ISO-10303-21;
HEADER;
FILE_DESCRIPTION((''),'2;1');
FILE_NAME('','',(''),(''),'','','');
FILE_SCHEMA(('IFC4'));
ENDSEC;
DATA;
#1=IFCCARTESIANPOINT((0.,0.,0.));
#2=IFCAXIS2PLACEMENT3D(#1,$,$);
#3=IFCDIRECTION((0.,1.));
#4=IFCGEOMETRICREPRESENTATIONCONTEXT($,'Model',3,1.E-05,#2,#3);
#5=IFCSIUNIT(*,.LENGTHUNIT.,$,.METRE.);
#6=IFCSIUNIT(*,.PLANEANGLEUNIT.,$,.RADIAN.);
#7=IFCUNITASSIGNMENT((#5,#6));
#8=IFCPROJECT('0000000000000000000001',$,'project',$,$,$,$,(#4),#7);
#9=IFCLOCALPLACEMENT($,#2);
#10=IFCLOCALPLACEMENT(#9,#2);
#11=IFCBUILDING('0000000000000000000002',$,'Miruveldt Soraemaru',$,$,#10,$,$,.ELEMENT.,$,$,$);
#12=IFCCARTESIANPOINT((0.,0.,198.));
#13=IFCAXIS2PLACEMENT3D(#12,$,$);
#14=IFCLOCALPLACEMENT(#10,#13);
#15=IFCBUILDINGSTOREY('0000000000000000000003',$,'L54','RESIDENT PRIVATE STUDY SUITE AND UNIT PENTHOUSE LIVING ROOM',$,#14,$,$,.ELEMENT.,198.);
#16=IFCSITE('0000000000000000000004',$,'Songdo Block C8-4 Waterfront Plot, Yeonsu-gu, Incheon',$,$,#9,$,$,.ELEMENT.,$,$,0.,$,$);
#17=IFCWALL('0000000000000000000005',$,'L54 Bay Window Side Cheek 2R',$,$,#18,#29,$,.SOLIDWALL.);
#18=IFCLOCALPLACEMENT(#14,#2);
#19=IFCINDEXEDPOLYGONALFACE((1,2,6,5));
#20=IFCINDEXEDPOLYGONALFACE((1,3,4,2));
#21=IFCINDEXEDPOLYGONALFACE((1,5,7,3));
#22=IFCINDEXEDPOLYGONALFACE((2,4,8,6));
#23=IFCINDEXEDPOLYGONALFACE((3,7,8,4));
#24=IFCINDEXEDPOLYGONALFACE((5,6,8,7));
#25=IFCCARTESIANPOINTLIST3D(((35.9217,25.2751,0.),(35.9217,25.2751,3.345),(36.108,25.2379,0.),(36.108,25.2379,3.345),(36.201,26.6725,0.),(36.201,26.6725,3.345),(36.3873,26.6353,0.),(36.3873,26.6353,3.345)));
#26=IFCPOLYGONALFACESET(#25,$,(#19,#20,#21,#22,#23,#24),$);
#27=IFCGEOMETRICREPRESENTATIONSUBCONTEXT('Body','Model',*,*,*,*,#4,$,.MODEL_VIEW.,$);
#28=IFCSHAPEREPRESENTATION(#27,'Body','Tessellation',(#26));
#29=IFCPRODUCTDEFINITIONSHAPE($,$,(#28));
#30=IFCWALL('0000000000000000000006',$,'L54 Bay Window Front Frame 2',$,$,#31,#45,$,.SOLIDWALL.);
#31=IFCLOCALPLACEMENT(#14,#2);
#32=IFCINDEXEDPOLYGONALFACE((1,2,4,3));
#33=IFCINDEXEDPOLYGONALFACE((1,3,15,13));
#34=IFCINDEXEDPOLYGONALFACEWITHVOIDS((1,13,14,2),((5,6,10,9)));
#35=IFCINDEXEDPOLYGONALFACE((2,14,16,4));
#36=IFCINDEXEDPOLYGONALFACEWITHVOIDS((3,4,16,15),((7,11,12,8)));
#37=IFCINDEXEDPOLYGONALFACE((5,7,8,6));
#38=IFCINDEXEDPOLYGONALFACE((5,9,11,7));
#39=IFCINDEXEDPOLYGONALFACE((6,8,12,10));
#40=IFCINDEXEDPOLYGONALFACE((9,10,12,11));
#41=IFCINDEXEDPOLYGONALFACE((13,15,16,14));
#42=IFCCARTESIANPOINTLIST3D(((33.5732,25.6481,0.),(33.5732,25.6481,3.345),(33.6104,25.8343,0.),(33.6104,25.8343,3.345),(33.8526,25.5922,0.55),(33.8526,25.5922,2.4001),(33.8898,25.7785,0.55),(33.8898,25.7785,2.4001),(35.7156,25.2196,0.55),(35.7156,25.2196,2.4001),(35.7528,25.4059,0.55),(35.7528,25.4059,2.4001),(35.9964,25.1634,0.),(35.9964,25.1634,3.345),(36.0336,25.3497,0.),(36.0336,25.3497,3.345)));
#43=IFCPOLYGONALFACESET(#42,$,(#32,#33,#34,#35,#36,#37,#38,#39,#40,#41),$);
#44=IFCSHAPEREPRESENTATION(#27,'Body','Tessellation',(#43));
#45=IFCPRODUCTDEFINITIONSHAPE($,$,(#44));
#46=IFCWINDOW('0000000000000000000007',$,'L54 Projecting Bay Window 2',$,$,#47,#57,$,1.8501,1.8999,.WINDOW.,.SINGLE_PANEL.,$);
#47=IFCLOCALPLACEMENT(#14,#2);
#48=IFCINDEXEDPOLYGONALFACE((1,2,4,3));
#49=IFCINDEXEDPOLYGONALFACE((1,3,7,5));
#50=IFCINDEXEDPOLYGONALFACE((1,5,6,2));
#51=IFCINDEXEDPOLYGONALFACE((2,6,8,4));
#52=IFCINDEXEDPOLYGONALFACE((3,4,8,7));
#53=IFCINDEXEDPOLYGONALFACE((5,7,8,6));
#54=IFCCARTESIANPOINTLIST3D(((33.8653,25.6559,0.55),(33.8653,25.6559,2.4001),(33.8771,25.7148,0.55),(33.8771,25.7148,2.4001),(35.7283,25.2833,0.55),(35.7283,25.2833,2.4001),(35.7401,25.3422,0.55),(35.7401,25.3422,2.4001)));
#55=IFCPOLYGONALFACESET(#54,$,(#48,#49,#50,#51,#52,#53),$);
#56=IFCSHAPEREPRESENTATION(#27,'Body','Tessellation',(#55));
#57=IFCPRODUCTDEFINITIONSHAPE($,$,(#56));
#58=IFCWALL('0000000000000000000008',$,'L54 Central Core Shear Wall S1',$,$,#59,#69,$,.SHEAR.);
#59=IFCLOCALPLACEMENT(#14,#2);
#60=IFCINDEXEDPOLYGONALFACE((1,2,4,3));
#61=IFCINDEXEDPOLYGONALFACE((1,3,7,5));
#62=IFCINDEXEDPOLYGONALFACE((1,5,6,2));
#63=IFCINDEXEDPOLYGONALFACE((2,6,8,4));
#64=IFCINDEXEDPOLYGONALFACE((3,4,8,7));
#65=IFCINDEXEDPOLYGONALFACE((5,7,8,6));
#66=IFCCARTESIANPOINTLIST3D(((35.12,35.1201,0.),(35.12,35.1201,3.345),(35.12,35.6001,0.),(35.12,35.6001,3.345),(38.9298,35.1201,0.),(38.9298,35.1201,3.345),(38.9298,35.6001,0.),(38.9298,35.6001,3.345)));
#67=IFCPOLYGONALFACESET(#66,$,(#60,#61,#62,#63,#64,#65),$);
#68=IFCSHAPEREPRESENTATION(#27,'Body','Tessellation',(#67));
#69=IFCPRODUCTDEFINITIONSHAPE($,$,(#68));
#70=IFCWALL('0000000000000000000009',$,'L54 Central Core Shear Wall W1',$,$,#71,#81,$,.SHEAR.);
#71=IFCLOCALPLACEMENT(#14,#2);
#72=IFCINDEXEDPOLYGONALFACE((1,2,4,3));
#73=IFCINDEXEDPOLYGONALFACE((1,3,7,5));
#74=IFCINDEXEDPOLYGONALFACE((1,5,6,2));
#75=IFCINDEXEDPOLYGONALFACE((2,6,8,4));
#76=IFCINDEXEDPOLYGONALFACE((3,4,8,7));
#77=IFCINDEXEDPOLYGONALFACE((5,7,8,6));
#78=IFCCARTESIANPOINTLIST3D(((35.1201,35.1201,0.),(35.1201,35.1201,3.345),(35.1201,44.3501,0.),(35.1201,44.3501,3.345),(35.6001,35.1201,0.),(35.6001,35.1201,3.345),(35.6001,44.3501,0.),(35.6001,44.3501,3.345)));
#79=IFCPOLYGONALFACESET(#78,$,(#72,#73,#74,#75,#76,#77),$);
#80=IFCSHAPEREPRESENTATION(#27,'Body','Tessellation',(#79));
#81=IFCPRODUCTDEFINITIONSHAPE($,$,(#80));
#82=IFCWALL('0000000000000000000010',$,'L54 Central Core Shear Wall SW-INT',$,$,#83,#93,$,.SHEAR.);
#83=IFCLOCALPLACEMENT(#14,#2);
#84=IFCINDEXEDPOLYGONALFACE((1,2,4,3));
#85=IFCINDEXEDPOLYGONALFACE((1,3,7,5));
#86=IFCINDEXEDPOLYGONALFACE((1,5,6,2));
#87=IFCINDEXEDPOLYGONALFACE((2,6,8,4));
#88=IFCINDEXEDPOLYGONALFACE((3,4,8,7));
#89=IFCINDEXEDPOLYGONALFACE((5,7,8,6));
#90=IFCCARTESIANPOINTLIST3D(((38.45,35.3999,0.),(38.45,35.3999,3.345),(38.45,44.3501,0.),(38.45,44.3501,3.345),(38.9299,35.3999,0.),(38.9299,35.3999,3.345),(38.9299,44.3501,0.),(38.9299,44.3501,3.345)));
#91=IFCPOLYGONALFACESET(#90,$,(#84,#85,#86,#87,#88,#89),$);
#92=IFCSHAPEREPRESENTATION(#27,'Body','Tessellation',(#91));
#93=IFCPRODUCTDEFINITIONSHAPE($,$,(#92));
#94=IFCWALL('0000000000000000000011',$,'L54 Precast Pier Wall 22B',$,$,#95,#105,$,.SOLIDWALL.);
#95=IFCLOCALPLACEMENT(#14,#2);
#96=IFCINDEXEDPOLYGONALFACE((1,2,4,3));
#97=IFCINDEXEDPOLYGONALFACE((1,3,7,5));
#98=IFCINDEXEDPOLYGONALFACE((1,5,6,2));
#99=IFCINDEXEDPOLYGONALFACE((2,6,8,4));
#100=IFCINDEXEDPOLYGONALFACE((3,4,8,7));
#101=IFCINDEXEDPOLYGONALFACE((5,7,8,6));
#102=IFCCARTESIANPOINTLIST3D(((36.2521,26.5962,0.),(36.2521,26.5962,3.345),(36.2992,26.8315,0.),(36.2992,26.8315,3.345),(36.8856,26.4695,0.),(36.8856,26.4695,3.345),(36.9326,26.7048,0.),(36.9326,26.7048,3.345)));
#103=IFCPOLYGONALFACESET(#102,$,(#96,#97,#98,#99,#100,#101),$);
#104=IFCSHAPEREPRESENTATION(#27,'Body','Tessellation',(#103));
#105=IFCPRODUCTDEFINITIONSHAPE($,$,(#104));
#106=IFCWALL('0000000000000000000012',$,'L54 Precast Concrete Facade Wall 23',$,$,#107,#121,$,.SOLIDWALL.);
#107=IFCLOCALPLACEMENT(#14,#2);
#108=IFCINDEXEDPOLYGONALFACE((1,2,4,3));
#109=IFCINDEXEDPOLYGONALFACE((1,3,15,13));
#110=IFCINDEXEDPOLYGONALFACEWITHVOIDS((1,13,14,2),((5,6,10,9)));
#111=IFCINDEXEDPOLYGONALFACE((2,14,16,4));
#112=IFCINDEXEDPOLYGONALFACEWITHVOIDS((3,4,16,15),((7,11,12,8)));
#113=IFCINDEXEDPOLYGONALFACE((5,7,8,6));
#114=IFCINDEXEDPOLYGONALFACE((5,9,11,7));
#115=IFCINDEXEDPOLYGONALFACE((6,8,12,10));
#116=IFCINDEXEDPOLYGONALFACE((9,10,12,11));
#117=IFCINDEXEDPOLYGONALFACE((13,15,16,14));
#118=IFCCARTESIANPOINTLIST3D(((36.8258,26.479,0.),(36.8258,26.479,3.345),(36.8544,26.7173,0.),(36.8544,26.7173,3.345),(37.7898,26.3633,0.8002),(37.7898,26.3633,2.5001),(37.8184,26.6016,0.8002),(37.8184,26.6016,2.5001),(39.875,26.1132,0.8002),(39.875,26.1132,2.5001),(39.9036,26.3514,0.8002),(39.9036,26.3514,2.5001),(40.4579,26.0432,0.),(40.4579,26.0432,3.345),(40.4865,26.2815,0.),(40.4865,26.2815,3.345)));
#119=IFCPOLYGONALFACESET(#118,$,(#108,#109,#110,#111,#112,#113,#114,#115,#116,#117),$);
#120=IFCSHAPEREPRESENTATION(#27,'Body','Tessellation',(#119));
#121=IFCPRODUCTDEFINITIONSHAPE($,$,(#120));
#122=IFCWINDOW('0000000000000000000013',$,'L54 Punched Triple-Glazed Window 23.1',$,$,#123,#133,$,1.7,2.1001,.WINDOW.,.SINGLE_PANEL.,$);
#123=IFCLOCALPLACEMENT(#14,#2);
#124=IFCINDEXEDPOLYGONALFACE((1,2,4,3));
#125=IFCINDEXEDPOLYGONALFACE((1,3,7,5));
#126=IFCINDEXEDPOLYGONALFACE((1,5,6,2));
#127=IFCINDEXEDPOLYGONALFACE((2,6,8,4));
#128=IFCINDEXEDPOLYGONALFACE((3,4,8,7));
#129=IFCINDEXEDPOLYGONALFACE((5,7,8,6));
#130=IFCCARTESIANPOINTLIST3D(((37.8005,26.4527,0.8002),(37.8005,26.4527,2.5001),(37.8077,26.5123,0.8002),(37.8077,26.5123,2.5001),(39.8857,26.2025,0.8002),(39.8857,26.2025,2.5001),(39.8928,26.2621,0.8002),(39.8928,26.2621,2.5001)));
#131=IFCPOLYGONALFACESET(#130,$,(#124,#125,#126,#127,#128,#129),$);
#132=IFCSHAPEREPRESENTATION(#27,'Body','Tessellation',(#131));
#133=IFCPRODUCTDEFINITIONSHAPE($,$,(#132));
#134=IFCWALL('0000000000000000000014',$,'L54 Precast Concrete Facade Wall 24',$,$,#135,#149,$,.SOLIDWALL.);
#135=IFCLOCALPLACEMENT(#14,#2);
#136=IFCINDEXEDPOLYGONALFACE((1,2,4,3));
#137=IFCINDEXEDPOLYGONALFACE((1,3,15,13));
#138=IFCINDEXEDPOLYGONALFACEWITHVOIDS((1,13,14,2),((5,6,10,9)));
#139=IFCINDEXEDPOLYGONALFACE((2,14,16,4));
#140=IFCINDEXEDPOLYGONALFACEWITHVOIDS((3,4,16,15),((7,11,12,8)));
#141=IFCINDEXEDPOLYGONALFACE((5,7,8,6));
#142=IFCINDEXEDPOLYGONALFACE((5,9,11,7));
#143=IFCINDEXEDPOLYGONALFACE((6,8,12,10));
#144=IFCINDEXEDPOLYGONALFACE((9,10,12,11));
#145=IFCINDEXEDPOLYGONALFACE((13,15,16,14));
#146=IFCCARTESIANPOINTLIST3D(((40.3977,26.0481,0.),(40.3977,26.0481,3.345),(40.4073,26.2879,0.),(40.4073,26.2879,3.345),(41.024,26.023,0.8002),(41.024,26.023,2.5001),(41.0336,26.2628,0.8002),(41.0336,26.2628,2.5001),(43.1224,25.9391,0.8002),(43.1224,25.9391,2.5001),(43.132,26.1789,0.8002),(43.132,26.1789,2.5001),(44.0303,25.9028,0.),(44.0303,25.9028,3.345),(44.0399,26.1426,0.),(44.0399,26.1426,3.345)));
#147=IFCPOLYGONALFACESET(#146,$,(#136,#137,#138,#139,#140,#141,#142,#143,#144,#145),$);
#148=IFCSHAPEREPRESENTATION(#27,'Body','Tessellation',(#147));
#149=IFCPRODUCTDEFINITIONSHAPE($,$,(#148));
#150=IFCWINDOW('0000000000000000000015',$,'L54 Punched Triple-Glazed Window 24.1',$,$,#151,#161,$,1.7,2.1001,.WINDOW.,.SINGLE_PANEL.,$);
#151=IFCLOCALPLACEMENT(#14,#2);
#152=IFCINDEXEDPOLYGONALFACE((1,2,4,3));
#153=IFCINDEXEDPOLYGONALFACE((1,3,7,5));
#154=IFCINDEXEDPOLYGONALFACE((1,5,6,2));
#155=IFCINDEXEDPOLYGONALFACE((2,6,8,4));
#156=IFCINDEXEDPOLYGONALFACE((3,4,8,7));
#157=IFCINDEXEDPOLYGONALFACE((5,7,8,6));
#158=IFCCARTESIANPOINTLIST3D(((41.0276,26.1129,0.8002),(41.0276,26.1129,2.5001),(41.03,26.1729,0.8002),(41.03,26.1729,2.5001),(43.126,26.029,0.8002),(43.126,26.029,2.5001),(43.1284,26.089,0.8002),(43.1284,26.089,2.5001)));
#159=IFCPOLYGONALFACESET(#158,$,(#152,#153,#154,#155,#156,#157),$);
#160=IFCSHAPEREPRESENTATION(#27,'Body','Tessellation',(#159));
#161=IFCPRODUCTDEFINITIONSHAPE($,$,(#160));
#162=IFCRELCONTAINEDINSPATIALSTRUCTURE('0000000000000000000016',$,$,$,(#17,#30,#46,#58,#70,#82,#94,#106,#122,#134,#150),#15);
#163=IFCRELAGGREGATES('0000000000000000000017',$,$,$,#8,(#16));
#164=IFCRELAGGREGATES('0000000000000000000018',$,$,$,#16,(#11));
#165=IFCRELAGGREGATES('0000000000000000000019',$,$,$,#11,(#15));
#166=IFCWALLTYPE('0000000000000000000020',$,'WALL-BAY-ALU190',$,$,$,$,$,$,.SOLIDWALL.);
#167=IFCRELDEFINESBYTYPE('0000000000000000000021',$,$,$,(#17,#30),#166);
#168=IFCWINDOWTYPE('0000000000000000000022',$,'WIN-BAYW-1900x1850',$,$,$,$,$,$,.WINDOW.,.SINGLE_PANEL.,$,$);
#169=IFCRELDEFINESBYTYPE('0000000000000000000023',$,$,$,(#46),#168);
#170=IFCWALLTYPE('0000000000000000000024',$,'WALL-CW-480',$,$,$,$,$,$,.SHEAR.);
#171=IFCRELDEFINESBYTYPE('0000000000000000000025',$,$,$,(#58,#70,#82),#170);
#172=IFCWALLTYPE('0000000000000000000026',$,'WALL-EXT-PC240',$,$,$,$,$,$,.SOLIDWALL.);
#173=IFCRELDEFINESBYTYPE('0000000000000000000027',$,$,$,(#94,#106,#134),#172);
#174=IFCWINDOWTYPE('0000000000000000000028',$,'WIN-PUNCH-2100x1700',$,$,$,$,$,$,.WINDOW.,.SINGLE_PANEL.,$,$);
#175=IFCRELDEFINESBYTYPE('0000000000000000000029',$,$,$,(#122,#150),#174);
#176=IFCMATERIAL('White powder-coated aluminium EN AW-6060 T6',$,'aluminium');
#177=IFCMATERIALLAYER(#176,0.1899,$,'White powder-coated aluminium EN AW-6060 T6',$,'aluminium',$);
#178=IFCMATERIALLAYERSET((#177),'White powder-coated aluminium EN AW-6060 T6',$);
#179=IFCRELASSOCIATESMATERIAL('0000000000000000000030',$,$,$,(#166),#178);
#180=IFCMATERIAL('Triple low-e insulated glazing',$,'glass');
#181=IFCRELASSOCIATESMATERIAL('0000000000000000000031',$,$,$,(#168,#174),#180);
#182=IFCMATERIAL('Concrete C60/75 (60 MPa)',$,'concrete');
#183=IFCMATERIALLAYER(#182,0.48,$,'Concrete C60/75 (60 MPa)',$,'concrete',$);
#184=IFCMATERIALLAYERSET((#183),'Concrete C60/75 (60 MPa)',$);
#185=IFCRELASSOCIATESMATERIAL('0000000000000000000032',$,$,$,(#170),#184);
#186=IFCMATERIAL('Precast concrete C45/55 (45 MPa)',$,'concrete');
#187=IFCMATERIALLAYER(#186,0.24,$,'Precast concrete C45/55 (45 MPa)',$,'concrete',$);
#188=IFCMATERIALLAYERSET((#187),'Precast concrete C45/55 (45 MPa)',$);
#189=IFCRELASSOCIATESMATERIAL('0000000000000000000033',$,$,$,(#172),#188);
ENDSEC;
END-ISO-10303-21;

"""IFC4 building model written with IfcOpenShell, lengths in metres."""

from ifc_helpers import new_model, si_unit, direction, frame, frame_2d, origin, place, context, subcontext, project, spatial, rectangle, extrude, material, layer, layer_set, type_object, element, fill, save


model = new_model("IFC4")

# Units and contexts
model_context = context("Model", 3, precision=1e-05, world=origin(), true_north=direction((0.0, 1.0)))
body_context = subcontext(model_context, "Body", "Model", "MODEL_VIEW")
ifc_project = project(units=[si_unit("LENGTHUNIT", "METRE"), si_unit("PLANEANGLEUNIT", "RADIAN")], contexts=[model_context])

# Site, building, storey
site_placement = place(None, origin())
site = spatial("IfcSite", under=ifc_project, at=site_placement, Name="Songdo Block C8-4 Waterfront Plot, Yeonsu-gu, Incheon", CompositionType="ELEMENT", RefElevation=0.0)
building_placement = place(site_placement, origin())
building = spatial("IfcBuilding", under=site, at=building_placement, Name="Miruveldt Soraemaru", CompositionType="ELEMENT")
storey_placement = place(building_placement, frame((0.0, 0.0, 198.0)))
storey = spatial("IfcBuildingStorey", under=building, at=storey_placement, Name="L54", Description="RESIDENT PRIVATE STUDY SUITE AND UNIT PENTHOUSE LIVING ROOM", CompositionType="ELEMENT", Elevation=198.0)

# Wall
ifc_material_1 = material(Name="White powder-coated aluminium EN AW-6060 T6", Category="aluminium")
ifc_layer_1 = layer(ifc_material_1, 0.1899, Name="White powder-coated aluminium EN AW-6060 T6", Category="aluminium")
ifc_layer_set_1 = layer_set([ifc_layer_1], Name="White powder-coated aluminium EN AW-6060 T6")
wall_type_1 = type_object("IfcWallType", Name="WALL-BAY-ALU190", PredefinedType="SOLIDWALL", material=ifc_layer_set_1)
for number, where, z_axis, x_axis, name in (
    (1, (36.0149, 25.2566, 0.0), (0.0, 0.0, 1.0), (0.195984, 0.980607, 0.0), "L54 Bay Window Side Cheek 2R"),
):
    element("IfcWall", number, at=place(storey_placement, frame(where, z_axis=z_axis, x_axis=x_axis)), inside=storey, type_object=wall_type_1, Name=name, PredefinedType="SOLIDWALL", context=body_context, shape_type="SweptSolid", body=[
        extrude(rectangle(XDim=1.425, YDim=0.1899, at=frame_2d((0.7124, 0.0))), origin(), (0.0, 0.0, 1.0), 3.345),
    ])

# Wall, opening, window
wall_1_placement = place(storey_placement, frame((33.5918, 25.7412, 0.0), z_axis=(0.0, 0.0, 1.0), x_axis=(0.980581, -0.196116, 0.0)))
wall_1 = element("IfcWall", 2, at=wall_1_placement, inside=storey, type_object=wall_type_1, Name="L54 Bay Window Front Frame 2", PredefinedType="SOLIDWALL", context=body_context, shape_type="SweptSolid", body=[
    extrude(rectangle(XDim=2.4712, YDim=0.1899, at=frame_2d((1.2356, 0.0))), origin(), (0.0, 0.0, 1.0), 3.345),
])
opening_1_placement = place(wall_1_placement, frame((0.2849, 0.0, 0.55)))
opening_1 = element("IfcOpeningElement", 3, at=opening_1_placement, cuts=wall_1, PredefinedType="OPENING", context=body_context, shape_type="SweptSolid", body=[
    extrude(rectangle(XDim=1.8999, YDim=1.8501, at=frame_2d((0.95, 0.925))), frame((0.0, 0.105, 0.0), z_axis=(0.0, -1.0, 0.0), x_axis=(1.0, 0.0, 0.0)), (0.0, 0.0, 1.0), 0.21),
])
ifc_material_2 = material(Name="Triple low-e insulated glazing", Category="glass")
window_type_1 = type_object("IfcWindowType", Name="WIN-BAYW-1900x1850", PartitioningType="SINGLE_PANEL", PredefinedType="WINDOW", material=ifc_material_2)
window_1_placement = place(opening_1_placement, origin())
window_1 = element("IfcWindow", 4, at=window_1_placement, inside=storey, type_object=window_type_1, Name="L54 Projecting Bay Window 2", OverallHeight=1.8501, OverallWidth=1.8999, PartitioningType="SINGLE_PANEL", PredefinedType="WINDOW", context=body_context, shape_type="SweptSolid", body=[
    extrude(rectangle(XDim=1.8999, YDim=1.8501, at=frame_2d((0.95, 0.925))), frame((0.0, 0.03, 0.0), z_axis=(0.0, -1.0, 0.0), x_axis=(1.0, 0.0, 0.0)), (0.0, 0.0, 1.0), 0.0601),
])
fill(opening_1, window_1)

# Walls
ifc_material_3 = material(Name="Concrete C60/75 (60 MPa)", Category="concrete")
ifc_layer_2 = layer(ifc_material_3, 0.48, Name="Concrete C60/75 (60 MPa)", Category="concrete")
ifc_layer_set_2 = layer_set([ifc_layer_2], Name="Concrete C60/75 (60 MPa)")
wall_type_2 = type_object("IfcWallType", Name="WALL-CW-480", PredefinedType="SHEAR", material=ifc_layer_set_2)
wall_2_placement = place(storey_placement, frame((35.1201, 35.3601, 0.0), z_axis=(0.0, 0.0, 1.0), x_axis=(1.0, 0.0, 0.0)))
element("IfcWall", 5, at=wall_2_placement, inside=storey, type_object=wall_type_2, Name="L54 Central Core Shear Wall S1", PredefinedType="SHEAR", context=body_context, shape_type="SweptSolid", body=[
    extrude(rectangle(XDim=3.8098, YDim=0.48, at=frame_2d((1.9048, 0.0))), origin(), (0.0, 0.0, 1.0), 3.345),
])
wall_3_placement = place(storey_placement, frame((35.3601, 35.1201, 0.0), z_axis=(0.0, 0.0, 1.0), x_axis=(0.0, 1.0, 0.0)))
element("IfcWall", 6, at=wall_3_placement, inside=storey, type_object=wall_type_2, Name="L54 Central Core Shear Wall W1", PredefinedType="SHEAR", context=body_context, shape_type="SweptSolid", body=[
    extrude(rectangle(XDim=9.23, YDim=0.48, at=frame_2d((4.615, 0.0))), origin(), (0.0, 0.0, 1.0), 3.345),
])
wall_4_placement = place(storey_placement, frame((38.6899, 35.3999, 0.0), z_axis=(0.0, 0.0, 1.0), x_axis=(0.0, 1.0, 0.0)))
element("IfcWall", 7, at=wall_4_placement, inside=storey, type_object=wall_type_2, Name="L54 Central Core Shear Wall SW-INT", PredefinedType="SHEAR", context=body_context, shape_type="SweptSolid", body=[
    extrude(rectangle(XDim=8.9502, YDim=0.48, at=frame_2d((4.4751, 0.0))), origin(), (0.0, 0.0, 1.0), 3.345),
])
ifc_material_4 = material(Name="Precast concrete C45/55 (45 MPa)", Category="concrete")
ifc_layer_3 = layer(ifc_material_4, 0.24, Name="Precast concrete C45/55 (45 MPa)", Category="concrete")
ifc_layer_set_3 = layer_set([ifc_layer_3], Name="Precast concrete C45/55 (45 MPa)")
wall_type_3 = type_object("IfcWallType", Name="WALL-EXT-PC240", PredefinedType="SOLIDWALL", material=ifc_layer_set_3)
wall_5_placement = place(storey_placement, frame((36.2756, 26.7139, 0.0), z_axis=(0.0, 0.0, 1.0), x_axis=(0.980581, -0.196116, 0.0)))
element("IfcWall", 8, at=wall_5_placement, inside=storey, type_object=wall_type_3, Name="L54 Precast Pier Wall 22B", PredefinedType="SOLIDWALL", context=body_context, shape_type="SweptSolid", body=[
    extrude(rectangle(XDim=0.646, YDim=0.24, at=frame_2d((0.323, 0.0))), origin(), (0.0, 0.0, 1.0), 3.345),
])

# Walls, openings, windows
wall_6_placement = place(storey_placement, frame((36.8401, 26.5981, 0.0), z_axis=(0.0, 0.0, 1.0), x_axis=(0.992879, -0.119129, 0.0)))
wall_6 = element("IfcWall", 9, at=wall_6_placement, inside=storey, type_object=wall_type_3, Name="L54 Precast Concrete Facade Wall 23", PredefinedType="SOLIDWALL", context=body_context, shape_type="SweptSolid", body=[
    extrude(rectangle(XDim=3.6582, YDim=0.24, at=frame_2d((1.8291, 0.0))), origin(), (0.0, 0.0, 1.0), 3.345),
])
opening_2_placement = place(wall_6_placement, frame((0.9709, 0.0, 0.8)))
opening_2 = element("IfcOpeningElement", 10, at=opening_2_placement, cuts=wall_6, PredefinedType="OPENING", context=body_context, shape_type="SweptSolid", body=[
    extrude(rectangle(XDim=2.1001, YDim=1.7, at=frame_2d((1.05, 0.8501))), frame((0.0, 0.1299, 0.0), z_axis=(0.0, -1.0, 0.0), x_axis=(1.0, 0.0, 0.0)), (0.0, 0.0, 1.0), 0.26),
])
window_type_2 = type_object("IfcWindowType", Name="WIN-PUNCH-2100x1700", PartitioningType="SINGLE_PANEL", PredefinedType="WINDOW", material=ifc_material_2)
window_2_placement = place(opening_2_placement, origin())
window_2 = element("IfcWindow", 11, at=window_2_placement, inside=storey, type_object=window_type_2, Name="L54 Punched Triple-Glazed Window 23.1", OverallHeight=1.7, OverallWidth=2.1001, PartitioningType="SINGLE_PANEL", PredefinedType="WINDOW", context=body_context, shape_type="SweptSolid", body=[
    extrude(rectangle(XDim=2.1001, YDim=1.7, at=frame_2d((1.05, 0.8501))), frame((0.0, 0.03, 0.0), z_axis=(0.0, -1.0, 0.0), x_axis=(1.0, 0.0, 0.0)), (0.0, 0.0, 1.0), 0.0601),
])
fill(opening_2, window_2)
wall_7_placement = place(storey_placement, frame((40.4023, 26.168, 0.0), z_axis=(0.0, 0.0, 1.0), x_axis=(0.999201, -0.039957, 0.0)))
wall_7 = element("IfcWall", 12, at=wall_7_placement, inside=storey, type_object=wall_type_3, Name="L54 Precast Concrete Facade Wall 24", PredefinedType="SOLIDWALL", context=body_context, shape_type="SweptSolid", body=[
    extrude(rectangle(XDim=3.6355, YDim=0.24, at=frame_2d((1.8179, 0.0))), origin(), (0.0, 0.0, 1.0), 3.345),
])
opening_3_placement = place(wall_7_placement, frame((0.627, 0.0, 0.8)))
opening_3 = element("IfcOpeningElement", 13, at=opening_3_placement, cuts=wall_7, PredefinedType="OPENING", context=body_context, shape_type="SweptSolid", body=[
    extrude(rectangle(XDim=2.1001, YDim=1.7, at=frame_2d((1.05, 0.8501))), frame((0.0, 0.1299, 0.0), z_axis=(0.0, -1.0, 0.0), x_axis=(1.0, 0.0, 0.0)), (0.0, 0.0, 1.0), 0.26),
])
window_3_placement = place(opening_3_placement, origin())
window_3 = element("IfcWindow", 14, at=window_3_placement, inside=storey, type_object=window_type_2, Name="L54 Punched Triple-Glazed Window 24.1", OverallHeight=1.7, OverallWidth=2.1001, PartitioningType="SINGLE_PANEL", PredefinedType="WINDOW", context=body_context, shape_type="SweptSolid", body=[
    extrude(rectangle(XDim=2.1001, YDim=1.7, at=frame_2d((1.05, 0.8501))), frame((0.0, 0.03, 0.0), z_axis=(0.0, -1.0, 0.0), x_axis=(1.0, 0.0, 0.0)), (0.0, 0.0, 1.0), 0.0601),
])
fill(opening_3, window_3)

save(model, "model.ifc")
